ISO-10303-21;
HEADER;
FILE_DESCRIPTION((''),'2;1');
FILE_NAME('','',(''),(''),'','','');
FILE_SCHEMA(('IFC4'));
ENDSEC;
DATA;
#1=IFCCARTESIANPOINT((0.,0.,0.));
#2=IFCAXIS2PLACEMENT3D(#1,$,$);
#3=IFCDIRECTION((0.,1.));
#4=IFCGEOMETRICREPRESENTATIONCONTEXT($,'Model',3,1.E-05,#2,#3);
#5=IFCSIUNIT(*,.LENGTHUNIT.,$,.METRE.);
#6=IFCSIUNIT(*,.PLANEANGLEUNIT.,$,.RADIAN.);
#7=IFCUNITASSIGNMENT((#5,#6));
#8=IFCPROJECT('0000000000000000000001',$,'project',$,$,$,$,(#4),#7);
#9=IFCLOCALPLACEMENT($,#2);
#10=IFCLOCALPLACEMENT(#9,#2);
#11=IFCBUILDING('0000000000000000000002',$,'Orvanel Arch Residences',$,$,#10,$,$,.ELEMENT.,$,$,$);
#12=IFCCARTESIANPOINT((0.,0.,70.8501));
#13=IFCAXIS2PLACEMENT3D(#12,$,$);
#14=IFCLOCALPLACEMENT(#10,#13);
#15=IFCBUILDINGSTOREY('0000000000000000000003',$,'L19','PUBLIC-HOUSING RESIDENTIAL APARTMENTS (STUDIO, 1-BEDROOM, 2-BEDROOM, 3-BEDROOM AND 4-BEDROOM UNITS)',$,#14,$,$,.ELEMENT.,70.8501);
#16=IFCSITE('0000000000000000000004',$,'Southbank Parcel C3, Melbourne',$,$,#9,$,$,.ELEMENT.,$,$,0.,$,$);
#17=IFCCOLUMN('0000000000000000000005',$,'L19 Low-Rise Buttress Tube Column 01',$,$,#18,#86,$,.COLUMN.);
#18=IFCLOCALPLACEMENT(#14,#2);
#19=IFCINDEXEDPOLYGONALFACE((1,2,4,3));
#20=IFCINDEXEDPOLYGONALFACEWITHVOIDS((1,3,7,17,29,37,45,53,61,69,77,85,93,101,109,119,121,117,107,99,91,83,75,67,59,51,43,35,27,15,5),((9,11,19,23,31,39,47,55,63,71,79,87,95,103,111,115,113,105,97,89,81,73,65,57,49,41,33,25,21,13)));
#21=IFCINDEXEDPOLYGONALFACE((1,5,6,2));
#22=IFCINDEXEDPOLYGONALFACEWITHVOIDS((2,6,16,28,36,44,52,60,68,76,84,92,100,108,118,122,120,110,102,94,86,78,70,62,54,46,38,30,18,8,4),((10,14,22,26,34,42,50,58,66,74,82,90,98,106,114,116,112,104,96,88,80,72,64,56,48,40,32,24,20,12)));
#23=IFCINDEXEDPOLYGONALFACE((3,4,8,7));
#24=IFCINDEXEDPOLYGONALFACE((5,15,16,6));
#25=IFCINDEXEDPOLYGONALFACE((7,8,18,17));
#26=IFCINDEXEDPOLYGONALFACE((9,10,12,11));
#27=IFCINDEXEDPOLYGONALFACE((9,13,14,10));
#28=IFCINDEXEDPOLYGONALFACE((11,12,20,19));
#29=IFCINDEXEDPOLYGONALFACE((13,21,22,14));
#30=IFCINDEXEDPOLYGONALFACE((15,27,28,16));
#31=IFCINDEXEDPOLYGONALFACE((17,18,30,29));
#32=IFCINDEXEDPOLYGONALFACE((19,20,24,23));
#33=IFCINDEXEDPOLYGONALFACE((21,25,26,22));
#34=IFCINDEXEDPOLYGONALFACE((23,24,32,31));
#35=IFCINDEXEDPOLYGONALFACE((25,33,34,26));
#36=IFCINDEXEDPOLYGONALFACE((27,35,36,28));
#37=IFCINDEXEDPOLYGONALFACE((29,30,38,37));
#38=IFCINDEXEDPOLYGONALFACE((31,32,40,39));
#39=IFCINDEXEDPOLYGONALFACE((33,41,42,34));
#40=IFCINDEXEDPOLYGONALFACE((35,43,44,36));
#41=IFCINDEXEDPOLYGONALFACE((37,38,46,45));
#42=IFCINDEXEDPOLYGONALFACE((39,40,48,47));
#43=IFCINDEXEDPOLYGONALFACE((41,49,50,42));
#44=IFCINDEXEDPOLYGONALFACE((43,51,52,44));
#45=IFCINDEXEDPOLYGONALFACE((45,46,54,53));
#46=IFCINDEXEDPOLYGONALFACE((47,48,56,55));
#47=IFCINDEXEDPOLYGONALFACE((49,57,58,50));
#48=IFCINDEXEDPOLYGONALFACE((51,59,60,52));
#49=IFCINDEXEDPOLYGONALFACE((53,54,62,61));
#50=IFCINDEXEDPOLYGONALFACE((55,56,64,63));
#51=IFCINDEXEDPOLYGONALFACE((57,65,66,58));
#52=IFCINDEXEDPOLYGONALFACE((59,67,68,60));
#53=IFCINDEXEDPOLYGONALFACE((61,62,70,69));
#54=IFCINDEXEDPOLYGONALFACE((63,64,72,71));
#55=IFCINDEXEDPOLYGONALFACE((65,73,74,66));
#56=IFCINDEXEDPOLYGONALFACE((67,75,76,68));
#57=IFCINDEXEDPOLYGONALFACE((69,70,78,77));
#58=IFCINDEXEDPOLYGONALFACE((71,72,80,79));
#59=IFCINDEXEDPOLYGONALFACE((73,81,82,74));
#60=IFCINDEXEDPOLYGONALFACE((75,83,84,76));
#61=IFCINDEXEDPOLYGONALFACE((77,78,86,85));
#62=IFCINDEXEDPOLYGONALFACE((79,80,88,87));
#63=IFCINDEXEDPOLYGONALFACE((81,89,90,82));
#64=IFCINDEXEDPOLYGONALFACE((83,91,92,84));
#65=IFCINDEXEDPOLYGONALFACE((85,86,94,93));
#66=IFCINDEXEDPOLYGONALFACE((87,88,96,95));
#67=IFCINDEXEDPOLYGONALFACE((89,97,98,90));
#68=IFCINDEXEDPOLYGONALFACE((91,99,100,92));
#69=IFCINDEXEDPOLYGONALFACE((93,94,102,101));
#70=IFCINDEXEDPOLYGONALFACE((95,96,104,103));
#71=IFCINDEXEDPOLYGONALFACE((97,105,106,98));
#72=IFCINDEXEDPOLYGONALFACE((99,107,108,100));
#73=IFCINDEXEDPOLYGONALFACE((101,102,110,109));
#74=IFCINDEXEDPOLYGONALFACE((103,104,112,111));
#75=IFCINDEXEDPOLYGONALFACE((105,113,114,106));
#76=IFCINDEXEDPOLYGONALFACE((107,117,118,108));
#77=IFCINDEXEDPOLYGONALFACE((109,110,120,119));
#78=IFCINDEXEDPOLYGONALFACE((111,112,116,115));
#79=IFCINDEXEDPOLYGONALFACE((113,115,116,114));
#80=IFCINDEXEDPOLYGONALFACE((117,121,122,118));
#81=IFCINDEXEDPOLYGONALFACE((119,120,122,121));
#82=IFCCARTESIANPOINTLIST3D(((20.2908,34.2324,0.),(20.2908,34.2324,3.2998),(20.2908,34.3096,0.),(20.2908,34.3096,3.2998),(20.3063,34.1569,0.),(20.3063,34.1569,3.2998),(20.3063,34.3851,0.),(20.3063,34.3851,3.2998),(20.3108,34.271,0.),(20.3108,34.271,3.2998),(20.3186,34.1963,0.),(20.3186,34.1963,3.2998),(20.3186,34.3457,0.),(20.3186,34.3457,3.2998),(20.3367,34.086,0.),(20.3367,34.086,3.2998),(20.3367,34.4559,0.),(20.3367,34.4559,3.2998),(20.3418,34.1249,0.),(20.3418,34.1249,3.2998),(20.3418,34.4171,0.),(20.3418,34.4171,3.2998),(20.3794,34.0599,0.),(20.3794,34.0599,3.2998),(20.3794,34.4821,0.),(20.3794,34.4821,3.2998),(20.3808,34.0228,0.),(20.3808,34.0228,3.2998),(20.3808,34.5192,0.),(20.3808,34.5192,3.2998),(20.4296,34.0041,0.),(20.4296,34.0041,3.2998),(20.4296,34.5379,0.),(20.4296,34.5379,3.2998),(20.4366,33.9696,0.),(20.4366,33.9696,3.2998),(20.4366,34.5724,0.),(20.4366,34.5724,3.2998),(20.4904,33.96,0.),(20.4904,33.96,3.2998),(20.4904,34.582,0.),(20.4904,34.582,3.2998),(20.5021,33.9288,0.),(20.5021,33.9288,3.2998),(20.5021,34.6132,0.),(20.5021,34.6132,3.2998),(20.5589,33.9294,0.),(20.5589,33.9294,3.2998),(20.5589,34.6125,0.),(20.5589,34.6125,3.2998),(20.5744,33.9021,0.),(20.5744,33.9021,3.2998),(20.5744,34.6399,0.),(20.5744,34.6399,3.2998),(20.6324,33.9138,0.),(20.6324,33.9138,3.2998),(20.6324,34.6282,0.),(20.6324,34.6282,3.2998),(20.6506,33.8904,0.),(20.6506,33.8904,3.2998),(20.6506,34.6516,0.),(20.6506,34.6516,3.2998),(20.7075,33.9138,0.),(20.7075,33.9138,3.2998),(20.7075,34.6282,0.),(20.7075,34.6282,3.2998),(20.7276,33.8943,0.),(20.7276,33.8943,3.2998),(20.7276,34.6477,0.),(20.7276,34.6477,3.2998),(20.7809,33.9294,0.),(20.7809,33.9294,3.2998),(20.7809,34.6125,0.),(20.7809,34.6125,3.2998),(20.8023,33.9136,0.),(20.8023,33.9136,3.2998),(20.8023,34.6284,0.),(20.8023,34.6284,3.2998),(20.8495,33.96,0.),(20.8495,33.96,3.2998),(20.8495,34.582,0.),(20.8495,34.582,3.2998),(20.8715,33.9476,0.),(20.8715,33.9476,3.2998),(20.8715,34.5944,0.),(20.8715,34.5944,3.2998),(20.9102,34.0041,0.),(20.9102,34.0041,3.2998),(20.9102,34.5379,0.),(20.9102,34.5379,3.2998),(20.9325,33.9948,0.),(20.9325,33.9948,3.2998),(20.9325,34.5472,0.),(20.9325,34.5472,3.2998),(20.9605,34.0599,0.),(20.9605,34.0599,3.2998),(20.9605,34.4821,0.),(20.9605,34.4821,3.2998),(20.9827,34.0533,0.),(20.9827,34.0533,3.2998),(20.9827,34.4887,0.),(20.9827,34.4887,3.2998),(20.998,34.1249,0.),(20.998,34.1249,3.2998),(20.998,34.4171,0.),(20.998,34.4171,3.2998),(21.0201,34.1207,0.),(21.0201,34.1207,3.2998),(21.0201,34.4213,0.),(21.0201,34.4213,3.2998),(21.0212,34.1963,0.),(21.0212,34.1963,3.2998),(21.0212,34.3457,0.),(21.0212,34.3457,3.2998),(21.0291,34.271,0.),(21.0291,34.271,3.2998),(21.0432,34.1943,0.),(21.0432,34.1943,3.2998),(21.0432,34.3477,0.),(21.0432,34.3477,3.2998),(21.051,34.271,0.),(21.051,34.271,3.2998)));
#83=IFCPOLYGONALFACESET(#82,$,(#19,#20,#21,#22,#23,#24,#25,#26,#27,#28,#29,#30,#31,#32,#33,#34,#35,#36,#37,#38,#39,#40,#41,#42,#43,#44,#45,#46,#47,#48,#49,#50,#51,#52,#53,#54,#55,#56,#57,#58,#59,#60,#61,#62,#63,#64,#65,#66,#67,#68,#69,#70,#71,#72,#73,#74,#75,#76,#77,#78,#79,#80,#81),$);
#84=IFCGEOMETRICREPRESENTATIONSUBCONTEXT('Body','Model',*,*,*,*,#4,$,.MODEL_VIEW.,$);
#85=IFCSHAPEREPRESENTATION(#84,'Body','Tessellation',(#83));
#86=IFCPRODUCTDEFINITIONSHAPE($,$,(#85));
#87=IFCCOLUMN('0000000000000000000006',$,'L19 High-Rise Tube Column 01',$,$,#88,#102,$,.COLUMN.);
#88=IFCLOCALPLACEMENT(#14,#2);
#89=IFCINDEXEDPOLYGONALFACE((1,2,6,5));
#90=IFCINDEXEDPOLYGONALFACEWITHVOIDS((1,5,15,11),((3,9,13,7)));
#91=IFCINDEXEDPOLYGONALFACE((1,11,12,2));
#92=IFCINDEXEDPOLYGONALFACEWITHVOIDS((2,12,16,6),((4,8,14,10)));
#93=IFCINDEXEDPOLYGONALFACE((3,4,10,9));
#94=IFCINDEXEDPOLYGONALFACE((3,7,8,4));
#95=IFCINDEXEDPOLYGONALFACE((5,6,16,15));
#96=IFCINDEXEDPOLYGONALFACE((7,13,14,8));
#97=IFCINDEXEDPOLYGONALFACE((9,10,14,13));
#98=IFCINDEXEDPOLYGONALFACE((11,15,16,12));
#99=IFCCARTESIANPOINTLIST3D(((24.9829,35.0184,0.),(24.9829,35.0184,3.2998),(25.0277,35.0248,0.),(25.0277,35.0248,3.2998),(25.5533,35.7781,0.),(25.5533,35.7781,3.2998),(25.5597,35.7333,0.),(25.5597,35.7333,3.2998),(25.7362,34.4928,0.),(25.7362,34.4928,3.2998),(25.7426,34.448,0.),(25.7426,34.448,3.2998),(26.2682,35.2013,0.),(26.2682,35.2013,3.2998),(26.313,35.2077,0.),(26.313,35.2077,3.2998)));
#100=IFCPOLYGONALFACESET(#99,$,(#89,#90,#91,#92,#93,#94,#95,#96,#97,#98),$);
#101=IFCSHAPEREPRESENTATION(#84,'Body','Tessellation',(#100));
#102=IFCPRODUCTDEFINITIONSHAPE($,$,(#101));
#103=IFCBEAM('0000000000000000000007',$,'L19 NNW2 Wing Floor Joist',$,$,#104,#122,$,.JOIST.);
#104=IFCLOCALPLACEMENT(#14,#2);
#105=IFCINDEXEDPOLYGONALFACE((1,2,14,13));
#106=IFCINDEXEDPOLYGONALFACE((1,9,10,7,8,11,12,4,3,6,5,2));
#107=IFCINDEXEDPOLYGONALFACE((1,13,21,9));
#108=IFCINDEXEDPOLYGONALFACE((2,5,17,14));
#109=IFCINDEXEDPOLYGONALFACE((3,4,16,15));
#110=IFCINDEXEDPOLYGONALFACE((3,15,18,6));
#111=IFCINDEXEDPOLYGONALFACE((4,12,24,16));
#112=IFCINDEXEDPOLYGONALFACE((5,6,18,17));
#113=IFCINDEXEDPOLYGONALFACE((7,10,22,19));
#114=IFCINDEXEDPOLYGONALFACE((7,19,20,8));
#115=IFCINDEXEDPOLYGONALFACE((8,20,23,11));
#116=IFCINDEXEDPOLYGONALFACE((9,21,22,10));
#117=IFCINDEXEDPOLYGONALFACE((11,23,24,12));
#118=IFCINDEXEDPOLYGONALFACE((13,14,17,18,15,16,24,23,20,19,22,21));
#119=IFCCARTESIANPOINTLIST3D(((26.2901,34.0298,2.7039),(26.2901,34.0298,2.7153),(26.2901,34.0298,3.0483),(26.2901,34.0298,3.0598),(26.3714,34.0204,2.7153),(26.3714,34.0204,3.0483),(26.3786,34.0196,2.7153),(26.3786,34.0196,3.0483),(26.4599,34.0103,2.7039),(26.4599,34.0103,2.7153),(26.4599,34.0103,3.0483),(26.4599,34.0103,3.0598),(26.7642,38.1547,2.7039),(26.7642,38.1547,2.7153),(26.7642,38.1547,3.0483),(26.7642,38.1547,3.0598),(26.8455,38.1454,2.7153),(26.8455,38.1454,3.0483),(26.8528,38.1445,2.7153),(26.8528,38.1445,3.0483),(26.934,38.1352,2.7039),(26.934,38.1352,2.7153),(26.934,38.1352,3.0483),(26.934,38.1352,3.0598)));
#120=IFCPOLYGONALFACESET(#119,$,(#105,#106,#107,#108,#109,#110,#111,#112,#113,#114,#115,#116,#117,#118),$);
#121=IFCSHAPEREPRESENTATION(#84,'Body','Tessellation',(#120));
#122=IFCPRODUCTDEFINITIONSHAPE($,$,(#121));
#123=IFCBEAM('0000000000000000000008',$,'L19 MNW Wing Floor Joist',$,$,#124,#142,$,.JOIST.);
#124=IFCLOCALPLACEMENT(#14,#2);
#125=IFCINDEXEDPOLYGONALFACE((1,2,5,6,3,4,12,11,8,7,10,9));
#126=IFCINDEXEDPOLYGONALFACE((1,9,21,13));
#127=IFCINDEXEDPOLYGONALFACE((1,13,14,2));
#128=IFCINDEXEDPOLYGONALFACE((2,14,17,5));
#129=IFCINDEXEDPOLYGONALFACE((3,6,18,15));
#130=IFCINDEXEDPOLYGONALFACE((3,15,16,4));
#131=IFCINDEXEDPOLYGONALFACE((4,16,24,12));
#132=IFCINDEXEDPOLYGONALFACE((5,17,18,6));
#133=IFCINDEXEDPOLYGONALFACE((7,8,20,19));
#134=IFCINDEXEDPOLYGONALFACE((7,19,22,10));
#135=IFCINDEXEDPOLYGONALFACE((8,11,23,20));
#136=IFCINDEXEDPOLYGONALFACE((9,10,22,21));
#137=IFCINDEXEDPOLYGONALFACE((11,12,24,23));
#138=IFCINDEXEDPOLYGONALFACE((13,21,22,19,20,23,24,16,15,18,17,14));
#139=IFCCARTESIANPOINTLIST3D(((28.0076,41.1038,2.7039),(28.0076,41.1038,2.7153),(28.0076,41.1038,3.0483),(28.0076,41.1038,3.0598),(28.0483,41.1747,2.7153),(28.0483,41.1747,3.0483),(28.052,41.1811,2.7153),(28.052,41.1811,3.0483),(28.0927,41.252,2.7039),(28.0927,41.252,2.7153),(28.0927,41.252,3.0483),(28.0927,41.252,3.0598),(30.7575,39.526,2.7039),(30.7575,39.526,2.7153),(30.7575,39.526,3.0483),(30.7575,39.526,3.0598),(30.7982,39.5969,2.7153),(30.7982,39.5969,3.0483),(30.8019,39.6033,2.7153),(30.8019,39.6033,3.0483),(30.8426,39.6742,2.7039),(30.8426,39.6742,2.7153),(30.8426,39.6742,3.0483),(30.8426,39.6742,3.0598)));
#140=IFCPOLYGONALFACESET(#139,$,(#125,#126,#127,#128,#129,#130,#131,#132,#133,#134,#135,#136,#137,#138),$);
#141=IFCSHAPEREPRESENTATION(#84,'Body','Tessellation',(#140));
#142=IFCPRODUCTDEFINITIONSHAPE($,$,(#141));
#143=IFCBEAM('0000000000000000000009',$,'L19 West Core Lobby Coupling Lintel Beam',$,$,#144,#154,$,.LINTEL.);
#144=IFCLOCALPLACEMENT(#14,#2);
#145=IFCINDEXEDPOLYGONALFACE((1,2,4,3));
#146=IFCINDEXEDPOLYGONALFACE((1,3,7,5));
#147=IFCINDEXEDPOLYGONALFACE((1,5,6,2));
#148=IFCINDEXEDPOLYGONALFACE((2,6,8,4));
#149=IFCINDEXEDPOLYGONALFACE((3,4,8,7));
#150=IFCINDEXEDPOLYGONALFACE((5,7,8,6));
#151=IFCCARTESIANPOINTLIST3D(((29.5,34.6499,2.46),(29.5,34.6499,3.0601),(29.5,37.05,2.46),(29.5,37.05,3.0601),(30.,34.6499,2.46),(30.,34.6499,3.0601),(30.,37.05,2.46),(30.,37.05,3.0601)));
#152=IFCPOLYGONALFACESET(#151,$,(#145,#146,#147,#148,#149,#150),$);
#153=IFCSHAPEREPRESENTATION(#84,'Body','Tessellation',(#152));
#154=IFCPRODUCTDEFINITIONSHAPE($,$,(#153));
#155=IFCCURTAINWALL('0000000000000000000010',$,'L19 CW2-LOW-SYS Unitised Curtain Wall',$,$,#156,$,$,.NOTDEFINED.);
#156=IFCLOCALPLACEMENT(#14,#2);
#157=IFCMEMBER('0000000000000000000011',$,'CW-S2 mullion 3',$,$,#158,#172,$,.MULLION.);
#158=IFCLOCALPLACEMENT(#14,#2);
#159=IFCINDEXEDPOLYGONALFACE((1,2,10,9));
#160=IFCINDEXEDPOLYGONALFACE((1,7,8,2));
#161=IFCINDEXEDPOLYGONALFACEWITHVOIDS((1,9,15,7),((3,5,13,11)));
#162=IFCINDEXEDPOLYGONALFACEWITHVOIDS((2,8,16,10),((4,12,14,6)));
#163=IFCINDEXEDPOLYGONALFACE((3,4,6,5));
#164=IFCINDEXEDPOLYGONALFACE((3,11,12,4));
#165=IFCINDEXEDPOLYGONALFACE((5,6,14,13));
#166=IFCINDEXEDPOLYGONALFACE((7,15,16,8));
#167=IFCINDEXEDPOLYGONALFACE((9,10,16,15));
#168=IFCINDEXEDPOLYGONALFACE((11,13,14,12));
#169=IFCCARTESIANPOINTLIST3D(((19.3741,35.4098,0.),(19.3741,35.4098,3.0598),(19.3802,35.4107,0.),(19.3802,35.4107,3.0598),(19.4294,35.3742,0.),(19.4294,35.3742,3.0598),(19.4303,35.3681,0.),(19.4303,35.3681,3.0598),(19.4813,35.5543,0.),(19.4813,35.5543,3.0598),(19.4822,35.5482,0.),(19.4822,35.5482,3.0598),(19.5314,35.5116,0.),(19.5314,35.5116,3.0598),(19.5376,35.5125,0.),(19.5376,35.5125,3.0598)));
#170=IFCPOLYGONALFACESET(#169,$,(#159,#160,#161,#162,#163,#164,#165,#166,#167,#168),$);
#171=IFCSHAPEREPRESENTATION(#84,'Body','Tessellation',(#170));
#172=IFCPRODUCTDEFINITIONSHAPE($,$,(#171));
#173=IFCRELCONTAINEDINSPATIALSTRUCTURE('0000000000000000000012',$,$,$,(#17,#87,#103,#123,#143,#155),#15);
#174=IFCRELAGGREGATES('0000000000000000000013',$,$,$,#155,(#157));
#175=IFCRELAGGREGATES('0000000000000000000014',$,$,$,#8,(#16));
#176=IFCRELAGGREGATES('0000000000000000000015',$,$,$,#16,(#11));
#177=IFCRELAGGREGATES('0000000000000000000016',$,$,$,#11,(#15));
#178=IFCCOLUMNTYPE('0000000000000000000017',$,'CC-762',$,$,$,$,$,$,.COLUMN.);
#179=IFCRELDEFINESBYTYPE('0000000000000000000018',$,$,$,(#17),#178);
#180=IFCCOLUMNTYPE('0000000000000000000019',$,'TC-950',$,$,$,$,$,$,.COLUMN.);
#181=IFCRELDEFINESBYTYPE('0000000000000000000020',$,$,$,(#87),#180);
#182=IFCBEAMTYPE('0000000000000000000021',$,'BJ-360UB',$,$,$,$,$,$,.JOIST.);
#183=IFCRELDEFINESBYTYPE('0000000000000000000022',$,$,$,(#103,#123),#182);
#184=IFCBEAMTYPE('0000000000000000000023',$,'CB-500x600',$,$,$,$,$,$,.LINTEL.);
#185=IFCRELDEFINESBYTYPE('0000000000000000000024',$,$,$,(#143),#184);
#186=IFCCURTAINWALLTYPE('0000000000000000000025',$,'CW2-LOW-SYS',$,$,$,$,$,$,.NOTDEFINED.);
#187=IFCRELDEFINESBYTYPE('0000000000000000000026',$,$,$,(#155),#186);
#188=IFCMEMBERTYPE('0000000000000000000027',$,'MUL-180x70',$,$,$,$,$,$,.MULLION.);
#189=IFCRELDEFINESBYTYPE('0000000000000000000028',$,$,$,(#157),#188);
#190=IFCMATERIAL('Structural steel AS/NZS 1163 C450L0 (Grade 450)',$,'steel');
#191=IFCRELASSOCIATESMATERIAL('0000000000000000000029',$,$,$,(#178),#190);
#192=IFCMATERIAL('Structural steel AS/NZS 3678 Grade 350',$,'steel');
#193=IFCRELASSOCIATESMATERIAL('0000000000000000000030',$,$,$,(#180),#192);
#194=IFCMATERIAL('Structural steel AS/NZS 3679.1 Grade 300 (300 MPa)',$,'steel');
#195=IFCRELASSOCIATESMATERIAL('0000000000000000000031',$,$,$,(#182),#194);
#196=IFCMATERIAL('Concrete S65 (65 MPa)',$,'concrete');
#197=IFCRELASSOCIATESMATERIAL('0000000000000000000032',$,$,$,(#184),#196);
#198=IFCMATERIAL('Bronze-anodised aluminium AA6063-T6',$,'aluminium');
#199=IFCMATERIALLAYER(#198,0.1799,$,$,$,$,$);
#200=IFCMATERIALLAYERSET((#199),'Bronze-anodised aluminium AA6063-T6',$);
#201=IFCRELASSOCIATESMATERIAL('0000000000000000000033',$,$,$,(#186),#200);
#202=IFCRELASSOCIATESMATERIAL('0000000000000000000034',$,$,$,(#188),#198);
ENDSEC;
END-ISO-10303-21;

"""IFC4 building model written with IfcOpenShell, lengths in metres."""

from ifc_helpers import new_model, si_unit, direction, frame, origin, origin_2d, place, context, subcontext, project, spatial, rectangle, hollow_rectangle, hollow_circle, i_section, extrude, material, layer, layer_set, material_profile, profile_set, type_object, element, aggregate, save


model = new_model("IFC4")

# Units and contexts
model_context = context("Model", 3, precision=1e-05, world=origin(), true_north=direction((0.0, 1.0)))
body_context = subcontext(model_context, "Body", "Model", "MODEL_VIEW")
ifc_project = project(units=[si_unit("LENGTHUNIT", "METRE"), si_unit("PLANEANGLEUNIT", "RADIAN")], contexts=[model_context])

# Site, building, storey
site_placement = place(None, origin())
site = spatial("IfcSite", under=ifc_project, at=site_placement, Name="Southbank Parcel C3, Melbourne", CompositionType="ELEMENT", RefElevation=0.0)
building_placement = place(site_placement, origin())
building = spatial("IfcBuilding", under=site, at=building_placement, Name="Orvanel Arch Residences", CompositionType="ELEMENT")
storey_placement = place(building_placement, frame((0.0, 0.0, 70.8501)))
storey = spatial("IfcBuildingStorey", under=building, at=storey_placement, Name="L19", Description="PUBLIC-HOUSING RESIDENTIAL APARTMENTS (STUDIO, 1-BEDROOM, 2-BEDROOM, 3-BEDROOM AND 4-BEDROOM UNITS)", CompositionType="ELEMENT", Elevation=70.8501)

# Columns
ifc_material_1 = material(Name="Structural steel AS/NZS 1163 C450L0 (Grade 450)", Category="steel")
ifc_material_profile_1 = material_profile(ifc_material_1, hollow_circle(Radius=0.3811, WallThickness=0.022, at=origin_2d()), Name="CHS762x22")
ifc_profile_set_1 = profile_set([ifc_material_profile_1], Name="Structural steel AS/NZS 1163 C450L0 (Grade 450)")
column_type_1 = type_object("IfcColumnType", Name="CC-762", PredefinedType="COLUMN", material=ifc_profile_set_1)
column_1_placement = place(storey_placement, frame((20.6699, 34.271, 0.0), z_axis=(0.0, 0.0, 1.0), x_axis=(1.0, 0.0, 0.0)))
element("IfcColumn", 1, at=column_1_placement, inside=storey, type_object=column_type_1, Name="L19 Low-Rise Buttress Tube Column 01", PredefinedType="COLUMN", context=body_context, shape_type="SweptSolid", body=[
    extrude(hollow_circle(Radius=0.3811, WallThickness=0.022, at=origin_2d()), origin(), (0.0, 0.0, 1.0), 3.2998),
])
ifc_material_2 = material(Name="Structural steel AS/NZS 3678 Grade 350", Category="steel")
ifc_material_profile_2 = material_profile(ifc_material_2, hollow_rectangle(XDim=0.95, YDim=0.95, WallThickness=0.032, at=origin_2d()), Name="BOX950x950x32")
ifc_profile_set_2 = profile_set([ifc_material_profile_2], Name="Structural steel AS/NZS 3678 Grade 350")
column_type_2 = type_object("IfcColumnType", Name="TC-950", PredefinedType="COLUMN", material=ifc_profile_set_2)
column_2_placement = place(storey_placement, frame((25.6479, 35.113, 0.0), z_axis=(0.0, 0.0, 1.0), x_axis=(0.60042, 0.799685, 0.0)))
element("IfcColumn", 2, at=column_2_placement, inside=storey, type_object=column_type_2, Name="L19 High-Rise Tube Column 01", PredefinedType="COLUMN", context=body_context, shape_type="SweptSolid", body=[
    extrude(hollow_rectangle(XDim=0.95, YDim=0.95, WallThickness=0.032, at=origin_2d()), origin(), (0.0, 0.0, 1.0), 3.2998),
])

# Beams
ifc_material_3 = material(Name="Structural steel AS/NZS 3679.1 Grade 300 (300 MPa)", Category="steel")
ifc_material_profile_3 = material_profile(ifc_material_3, i_section(OverallWidth=0.1709, OverallDepth=0.356, WebThickness=0.0073, FlangeThickness=0.0115, at=origin_2d()), Name="360UB50.7")
ifc_profile_set_3 = profile_set([ifc_material_profile_3], Name="Structural steel AS/NZS 3679.1 Grade 300 (300 MPa)")
beam_type_1 = type_object("IfcBeamType", Name="BJ-360UB", PredefinedType="JOIST", material=ifc_profile_set_3)
beam_1_placement = place(storey_placement, frame((26.375, 34.02, 2.8818), z_axis=(0.114187, 0.993459, 0.0), x_axis=(-0.993459, 0.114187, 0.0)))
element("IfcBeam", 3, at=beam_1_placement, inside=storey, type_object=beam_type_1, Name="L19 NNW2 Wing Floor Joist", PredefinedType="JOIST", context=body_context, shape_type="SweptSolid", body=[
    extrude(i_section(OverallWidth=0.1709, OverallDepth=0.356, WebThickness=0.0073, FlangeThickness=0.0115, at=origin_2d()), origin(), (0.0, 0.0, 1.0), 4.1521),
])
beam_2_placement = place(storey_placement, frame((30.8, 39.6001, 2.8818), z_axis=(-0.867365, 0.497672, 0.0), x_axis=(-0.497672, -0.867365, 0.0)))
element("IfcBeam", 4, at=beam_2_placement, inside=storey, type_object=beam_type_1, Name="L19 MNW Wing Floor Joist", PredefinedType="JOIST", context=body_context, shape_type="SweptSolid", body=[
    extrude(i_section(OverallWidth=0.1709, OverallDepth=0.356, WebThickness=0.0073, FlangeThickness=0.0115, at=origin_2d()), origin(), (0.0, 0.0, 1.0), 3.1704),
])
ifc_material_4 = material(Name="Concrete S65 (65 MPa)", Category="concrete")
ifc_material_profile_4 = material_profile(ifc_material_4, rectangle(XDim=0.5, YDim=0.6001, at=origin_2d()), Name="RC500x600")
ifc_profile_set_4 = profile_set([ifc_material_profile_4], Name="Concrete S65 (65 MPa)")
beam_type_2 = type_object("IfcBeamType", Name="CB-500x600", PredefinedType="LINTEL", material=ifc_profile_set_4)
beam_3_placement = place(storey_placement, frame((29.75, 34.6499, 2.76), z_axis=(0.0, 1.0, 0.0), x_axis=(-1.0, 0.0, 0.0)))
element("IfcBeam", 5, at=beam_3_placement, inside=storey, type_object=beam_type_2, Name="L19 West Core Lobby Coupling Lintel Beam", PredefinedType="LINTEL", context=body_context, shape_type="SweptSolid", body=[
    extrude(rectangle(XDim=0.5, YDim=0.6001, at=origin_2d()), origin(), (0.0, 0.0, 1.0), 2.4001),
])

# Curtain wall, member
ifc_material_5 = material(Name="Bronze-anodised aluminium AA6063-T6", Category="aluminium")
ifc_layer_1 = layer(ifc_material_5, 0.1799)
ifc_layer_set_1 = layer_set([ifc_layer_1], Name="Bronze-anodised aluminium AA6063-T6")
curtain_wall_type = type_object("IfcCurtainWallType", Name="CW2-LOW-SYS", PredefinedType="NOTDEFINED", material=ifc_layer_set_1)
curtain_wall_placement = place(storey_placement, origin())
curtain_wall = element("IfcCurtainWall", 6, at=curtain_wall_placement, inside=storey, type_object=curtain_wall_type, Name="L19 CW2-LOW-SYS Unitised Curtain Wall", PredefinedType="NOTDEFINED")
ifc_material_profile_5 = material_profile(ifc_material_5, hollow_rectangle(XDim=0.0701, YDim=0.1799, WallThickness=0.0044, at=origin_2d()), Name="ALU180x70x4.5")
ifc_profile_set_5 = profile_set([ifc_material_profile_5], Name="Bronze-anodised aluminium AA6063-T6")
member_type_1 = type_object("IfcMemberType", Name="MUL-180x70", PredefinedType="MULLION", material=ifc_profile_set_5)
member_1_placement = place(storey_placement, frame((19.4558, 35.4612, 0.0), z_axis=(0.0, 0.0, 1.0), x_axis=(0.802984, -0.596001, 0.0)))
member_1 = element("IfcMember", 7, at=member_1_placement, type_object=member_type_1, Name="CW-S2 mullion 3", PredefinedType="MULLION", context=body_context, shape_type="SweptSolid", body=[
    extrude(hollow_rectangle(XDim=0.0701, YDim=0.1799, WallThickness=0.0044, at=origin_2d()), origin(), (0.0, 0.0, 1.0), 3.0598),
])

aggregate(curtain_wall, [member_1])

save(model, "model.ifc")
